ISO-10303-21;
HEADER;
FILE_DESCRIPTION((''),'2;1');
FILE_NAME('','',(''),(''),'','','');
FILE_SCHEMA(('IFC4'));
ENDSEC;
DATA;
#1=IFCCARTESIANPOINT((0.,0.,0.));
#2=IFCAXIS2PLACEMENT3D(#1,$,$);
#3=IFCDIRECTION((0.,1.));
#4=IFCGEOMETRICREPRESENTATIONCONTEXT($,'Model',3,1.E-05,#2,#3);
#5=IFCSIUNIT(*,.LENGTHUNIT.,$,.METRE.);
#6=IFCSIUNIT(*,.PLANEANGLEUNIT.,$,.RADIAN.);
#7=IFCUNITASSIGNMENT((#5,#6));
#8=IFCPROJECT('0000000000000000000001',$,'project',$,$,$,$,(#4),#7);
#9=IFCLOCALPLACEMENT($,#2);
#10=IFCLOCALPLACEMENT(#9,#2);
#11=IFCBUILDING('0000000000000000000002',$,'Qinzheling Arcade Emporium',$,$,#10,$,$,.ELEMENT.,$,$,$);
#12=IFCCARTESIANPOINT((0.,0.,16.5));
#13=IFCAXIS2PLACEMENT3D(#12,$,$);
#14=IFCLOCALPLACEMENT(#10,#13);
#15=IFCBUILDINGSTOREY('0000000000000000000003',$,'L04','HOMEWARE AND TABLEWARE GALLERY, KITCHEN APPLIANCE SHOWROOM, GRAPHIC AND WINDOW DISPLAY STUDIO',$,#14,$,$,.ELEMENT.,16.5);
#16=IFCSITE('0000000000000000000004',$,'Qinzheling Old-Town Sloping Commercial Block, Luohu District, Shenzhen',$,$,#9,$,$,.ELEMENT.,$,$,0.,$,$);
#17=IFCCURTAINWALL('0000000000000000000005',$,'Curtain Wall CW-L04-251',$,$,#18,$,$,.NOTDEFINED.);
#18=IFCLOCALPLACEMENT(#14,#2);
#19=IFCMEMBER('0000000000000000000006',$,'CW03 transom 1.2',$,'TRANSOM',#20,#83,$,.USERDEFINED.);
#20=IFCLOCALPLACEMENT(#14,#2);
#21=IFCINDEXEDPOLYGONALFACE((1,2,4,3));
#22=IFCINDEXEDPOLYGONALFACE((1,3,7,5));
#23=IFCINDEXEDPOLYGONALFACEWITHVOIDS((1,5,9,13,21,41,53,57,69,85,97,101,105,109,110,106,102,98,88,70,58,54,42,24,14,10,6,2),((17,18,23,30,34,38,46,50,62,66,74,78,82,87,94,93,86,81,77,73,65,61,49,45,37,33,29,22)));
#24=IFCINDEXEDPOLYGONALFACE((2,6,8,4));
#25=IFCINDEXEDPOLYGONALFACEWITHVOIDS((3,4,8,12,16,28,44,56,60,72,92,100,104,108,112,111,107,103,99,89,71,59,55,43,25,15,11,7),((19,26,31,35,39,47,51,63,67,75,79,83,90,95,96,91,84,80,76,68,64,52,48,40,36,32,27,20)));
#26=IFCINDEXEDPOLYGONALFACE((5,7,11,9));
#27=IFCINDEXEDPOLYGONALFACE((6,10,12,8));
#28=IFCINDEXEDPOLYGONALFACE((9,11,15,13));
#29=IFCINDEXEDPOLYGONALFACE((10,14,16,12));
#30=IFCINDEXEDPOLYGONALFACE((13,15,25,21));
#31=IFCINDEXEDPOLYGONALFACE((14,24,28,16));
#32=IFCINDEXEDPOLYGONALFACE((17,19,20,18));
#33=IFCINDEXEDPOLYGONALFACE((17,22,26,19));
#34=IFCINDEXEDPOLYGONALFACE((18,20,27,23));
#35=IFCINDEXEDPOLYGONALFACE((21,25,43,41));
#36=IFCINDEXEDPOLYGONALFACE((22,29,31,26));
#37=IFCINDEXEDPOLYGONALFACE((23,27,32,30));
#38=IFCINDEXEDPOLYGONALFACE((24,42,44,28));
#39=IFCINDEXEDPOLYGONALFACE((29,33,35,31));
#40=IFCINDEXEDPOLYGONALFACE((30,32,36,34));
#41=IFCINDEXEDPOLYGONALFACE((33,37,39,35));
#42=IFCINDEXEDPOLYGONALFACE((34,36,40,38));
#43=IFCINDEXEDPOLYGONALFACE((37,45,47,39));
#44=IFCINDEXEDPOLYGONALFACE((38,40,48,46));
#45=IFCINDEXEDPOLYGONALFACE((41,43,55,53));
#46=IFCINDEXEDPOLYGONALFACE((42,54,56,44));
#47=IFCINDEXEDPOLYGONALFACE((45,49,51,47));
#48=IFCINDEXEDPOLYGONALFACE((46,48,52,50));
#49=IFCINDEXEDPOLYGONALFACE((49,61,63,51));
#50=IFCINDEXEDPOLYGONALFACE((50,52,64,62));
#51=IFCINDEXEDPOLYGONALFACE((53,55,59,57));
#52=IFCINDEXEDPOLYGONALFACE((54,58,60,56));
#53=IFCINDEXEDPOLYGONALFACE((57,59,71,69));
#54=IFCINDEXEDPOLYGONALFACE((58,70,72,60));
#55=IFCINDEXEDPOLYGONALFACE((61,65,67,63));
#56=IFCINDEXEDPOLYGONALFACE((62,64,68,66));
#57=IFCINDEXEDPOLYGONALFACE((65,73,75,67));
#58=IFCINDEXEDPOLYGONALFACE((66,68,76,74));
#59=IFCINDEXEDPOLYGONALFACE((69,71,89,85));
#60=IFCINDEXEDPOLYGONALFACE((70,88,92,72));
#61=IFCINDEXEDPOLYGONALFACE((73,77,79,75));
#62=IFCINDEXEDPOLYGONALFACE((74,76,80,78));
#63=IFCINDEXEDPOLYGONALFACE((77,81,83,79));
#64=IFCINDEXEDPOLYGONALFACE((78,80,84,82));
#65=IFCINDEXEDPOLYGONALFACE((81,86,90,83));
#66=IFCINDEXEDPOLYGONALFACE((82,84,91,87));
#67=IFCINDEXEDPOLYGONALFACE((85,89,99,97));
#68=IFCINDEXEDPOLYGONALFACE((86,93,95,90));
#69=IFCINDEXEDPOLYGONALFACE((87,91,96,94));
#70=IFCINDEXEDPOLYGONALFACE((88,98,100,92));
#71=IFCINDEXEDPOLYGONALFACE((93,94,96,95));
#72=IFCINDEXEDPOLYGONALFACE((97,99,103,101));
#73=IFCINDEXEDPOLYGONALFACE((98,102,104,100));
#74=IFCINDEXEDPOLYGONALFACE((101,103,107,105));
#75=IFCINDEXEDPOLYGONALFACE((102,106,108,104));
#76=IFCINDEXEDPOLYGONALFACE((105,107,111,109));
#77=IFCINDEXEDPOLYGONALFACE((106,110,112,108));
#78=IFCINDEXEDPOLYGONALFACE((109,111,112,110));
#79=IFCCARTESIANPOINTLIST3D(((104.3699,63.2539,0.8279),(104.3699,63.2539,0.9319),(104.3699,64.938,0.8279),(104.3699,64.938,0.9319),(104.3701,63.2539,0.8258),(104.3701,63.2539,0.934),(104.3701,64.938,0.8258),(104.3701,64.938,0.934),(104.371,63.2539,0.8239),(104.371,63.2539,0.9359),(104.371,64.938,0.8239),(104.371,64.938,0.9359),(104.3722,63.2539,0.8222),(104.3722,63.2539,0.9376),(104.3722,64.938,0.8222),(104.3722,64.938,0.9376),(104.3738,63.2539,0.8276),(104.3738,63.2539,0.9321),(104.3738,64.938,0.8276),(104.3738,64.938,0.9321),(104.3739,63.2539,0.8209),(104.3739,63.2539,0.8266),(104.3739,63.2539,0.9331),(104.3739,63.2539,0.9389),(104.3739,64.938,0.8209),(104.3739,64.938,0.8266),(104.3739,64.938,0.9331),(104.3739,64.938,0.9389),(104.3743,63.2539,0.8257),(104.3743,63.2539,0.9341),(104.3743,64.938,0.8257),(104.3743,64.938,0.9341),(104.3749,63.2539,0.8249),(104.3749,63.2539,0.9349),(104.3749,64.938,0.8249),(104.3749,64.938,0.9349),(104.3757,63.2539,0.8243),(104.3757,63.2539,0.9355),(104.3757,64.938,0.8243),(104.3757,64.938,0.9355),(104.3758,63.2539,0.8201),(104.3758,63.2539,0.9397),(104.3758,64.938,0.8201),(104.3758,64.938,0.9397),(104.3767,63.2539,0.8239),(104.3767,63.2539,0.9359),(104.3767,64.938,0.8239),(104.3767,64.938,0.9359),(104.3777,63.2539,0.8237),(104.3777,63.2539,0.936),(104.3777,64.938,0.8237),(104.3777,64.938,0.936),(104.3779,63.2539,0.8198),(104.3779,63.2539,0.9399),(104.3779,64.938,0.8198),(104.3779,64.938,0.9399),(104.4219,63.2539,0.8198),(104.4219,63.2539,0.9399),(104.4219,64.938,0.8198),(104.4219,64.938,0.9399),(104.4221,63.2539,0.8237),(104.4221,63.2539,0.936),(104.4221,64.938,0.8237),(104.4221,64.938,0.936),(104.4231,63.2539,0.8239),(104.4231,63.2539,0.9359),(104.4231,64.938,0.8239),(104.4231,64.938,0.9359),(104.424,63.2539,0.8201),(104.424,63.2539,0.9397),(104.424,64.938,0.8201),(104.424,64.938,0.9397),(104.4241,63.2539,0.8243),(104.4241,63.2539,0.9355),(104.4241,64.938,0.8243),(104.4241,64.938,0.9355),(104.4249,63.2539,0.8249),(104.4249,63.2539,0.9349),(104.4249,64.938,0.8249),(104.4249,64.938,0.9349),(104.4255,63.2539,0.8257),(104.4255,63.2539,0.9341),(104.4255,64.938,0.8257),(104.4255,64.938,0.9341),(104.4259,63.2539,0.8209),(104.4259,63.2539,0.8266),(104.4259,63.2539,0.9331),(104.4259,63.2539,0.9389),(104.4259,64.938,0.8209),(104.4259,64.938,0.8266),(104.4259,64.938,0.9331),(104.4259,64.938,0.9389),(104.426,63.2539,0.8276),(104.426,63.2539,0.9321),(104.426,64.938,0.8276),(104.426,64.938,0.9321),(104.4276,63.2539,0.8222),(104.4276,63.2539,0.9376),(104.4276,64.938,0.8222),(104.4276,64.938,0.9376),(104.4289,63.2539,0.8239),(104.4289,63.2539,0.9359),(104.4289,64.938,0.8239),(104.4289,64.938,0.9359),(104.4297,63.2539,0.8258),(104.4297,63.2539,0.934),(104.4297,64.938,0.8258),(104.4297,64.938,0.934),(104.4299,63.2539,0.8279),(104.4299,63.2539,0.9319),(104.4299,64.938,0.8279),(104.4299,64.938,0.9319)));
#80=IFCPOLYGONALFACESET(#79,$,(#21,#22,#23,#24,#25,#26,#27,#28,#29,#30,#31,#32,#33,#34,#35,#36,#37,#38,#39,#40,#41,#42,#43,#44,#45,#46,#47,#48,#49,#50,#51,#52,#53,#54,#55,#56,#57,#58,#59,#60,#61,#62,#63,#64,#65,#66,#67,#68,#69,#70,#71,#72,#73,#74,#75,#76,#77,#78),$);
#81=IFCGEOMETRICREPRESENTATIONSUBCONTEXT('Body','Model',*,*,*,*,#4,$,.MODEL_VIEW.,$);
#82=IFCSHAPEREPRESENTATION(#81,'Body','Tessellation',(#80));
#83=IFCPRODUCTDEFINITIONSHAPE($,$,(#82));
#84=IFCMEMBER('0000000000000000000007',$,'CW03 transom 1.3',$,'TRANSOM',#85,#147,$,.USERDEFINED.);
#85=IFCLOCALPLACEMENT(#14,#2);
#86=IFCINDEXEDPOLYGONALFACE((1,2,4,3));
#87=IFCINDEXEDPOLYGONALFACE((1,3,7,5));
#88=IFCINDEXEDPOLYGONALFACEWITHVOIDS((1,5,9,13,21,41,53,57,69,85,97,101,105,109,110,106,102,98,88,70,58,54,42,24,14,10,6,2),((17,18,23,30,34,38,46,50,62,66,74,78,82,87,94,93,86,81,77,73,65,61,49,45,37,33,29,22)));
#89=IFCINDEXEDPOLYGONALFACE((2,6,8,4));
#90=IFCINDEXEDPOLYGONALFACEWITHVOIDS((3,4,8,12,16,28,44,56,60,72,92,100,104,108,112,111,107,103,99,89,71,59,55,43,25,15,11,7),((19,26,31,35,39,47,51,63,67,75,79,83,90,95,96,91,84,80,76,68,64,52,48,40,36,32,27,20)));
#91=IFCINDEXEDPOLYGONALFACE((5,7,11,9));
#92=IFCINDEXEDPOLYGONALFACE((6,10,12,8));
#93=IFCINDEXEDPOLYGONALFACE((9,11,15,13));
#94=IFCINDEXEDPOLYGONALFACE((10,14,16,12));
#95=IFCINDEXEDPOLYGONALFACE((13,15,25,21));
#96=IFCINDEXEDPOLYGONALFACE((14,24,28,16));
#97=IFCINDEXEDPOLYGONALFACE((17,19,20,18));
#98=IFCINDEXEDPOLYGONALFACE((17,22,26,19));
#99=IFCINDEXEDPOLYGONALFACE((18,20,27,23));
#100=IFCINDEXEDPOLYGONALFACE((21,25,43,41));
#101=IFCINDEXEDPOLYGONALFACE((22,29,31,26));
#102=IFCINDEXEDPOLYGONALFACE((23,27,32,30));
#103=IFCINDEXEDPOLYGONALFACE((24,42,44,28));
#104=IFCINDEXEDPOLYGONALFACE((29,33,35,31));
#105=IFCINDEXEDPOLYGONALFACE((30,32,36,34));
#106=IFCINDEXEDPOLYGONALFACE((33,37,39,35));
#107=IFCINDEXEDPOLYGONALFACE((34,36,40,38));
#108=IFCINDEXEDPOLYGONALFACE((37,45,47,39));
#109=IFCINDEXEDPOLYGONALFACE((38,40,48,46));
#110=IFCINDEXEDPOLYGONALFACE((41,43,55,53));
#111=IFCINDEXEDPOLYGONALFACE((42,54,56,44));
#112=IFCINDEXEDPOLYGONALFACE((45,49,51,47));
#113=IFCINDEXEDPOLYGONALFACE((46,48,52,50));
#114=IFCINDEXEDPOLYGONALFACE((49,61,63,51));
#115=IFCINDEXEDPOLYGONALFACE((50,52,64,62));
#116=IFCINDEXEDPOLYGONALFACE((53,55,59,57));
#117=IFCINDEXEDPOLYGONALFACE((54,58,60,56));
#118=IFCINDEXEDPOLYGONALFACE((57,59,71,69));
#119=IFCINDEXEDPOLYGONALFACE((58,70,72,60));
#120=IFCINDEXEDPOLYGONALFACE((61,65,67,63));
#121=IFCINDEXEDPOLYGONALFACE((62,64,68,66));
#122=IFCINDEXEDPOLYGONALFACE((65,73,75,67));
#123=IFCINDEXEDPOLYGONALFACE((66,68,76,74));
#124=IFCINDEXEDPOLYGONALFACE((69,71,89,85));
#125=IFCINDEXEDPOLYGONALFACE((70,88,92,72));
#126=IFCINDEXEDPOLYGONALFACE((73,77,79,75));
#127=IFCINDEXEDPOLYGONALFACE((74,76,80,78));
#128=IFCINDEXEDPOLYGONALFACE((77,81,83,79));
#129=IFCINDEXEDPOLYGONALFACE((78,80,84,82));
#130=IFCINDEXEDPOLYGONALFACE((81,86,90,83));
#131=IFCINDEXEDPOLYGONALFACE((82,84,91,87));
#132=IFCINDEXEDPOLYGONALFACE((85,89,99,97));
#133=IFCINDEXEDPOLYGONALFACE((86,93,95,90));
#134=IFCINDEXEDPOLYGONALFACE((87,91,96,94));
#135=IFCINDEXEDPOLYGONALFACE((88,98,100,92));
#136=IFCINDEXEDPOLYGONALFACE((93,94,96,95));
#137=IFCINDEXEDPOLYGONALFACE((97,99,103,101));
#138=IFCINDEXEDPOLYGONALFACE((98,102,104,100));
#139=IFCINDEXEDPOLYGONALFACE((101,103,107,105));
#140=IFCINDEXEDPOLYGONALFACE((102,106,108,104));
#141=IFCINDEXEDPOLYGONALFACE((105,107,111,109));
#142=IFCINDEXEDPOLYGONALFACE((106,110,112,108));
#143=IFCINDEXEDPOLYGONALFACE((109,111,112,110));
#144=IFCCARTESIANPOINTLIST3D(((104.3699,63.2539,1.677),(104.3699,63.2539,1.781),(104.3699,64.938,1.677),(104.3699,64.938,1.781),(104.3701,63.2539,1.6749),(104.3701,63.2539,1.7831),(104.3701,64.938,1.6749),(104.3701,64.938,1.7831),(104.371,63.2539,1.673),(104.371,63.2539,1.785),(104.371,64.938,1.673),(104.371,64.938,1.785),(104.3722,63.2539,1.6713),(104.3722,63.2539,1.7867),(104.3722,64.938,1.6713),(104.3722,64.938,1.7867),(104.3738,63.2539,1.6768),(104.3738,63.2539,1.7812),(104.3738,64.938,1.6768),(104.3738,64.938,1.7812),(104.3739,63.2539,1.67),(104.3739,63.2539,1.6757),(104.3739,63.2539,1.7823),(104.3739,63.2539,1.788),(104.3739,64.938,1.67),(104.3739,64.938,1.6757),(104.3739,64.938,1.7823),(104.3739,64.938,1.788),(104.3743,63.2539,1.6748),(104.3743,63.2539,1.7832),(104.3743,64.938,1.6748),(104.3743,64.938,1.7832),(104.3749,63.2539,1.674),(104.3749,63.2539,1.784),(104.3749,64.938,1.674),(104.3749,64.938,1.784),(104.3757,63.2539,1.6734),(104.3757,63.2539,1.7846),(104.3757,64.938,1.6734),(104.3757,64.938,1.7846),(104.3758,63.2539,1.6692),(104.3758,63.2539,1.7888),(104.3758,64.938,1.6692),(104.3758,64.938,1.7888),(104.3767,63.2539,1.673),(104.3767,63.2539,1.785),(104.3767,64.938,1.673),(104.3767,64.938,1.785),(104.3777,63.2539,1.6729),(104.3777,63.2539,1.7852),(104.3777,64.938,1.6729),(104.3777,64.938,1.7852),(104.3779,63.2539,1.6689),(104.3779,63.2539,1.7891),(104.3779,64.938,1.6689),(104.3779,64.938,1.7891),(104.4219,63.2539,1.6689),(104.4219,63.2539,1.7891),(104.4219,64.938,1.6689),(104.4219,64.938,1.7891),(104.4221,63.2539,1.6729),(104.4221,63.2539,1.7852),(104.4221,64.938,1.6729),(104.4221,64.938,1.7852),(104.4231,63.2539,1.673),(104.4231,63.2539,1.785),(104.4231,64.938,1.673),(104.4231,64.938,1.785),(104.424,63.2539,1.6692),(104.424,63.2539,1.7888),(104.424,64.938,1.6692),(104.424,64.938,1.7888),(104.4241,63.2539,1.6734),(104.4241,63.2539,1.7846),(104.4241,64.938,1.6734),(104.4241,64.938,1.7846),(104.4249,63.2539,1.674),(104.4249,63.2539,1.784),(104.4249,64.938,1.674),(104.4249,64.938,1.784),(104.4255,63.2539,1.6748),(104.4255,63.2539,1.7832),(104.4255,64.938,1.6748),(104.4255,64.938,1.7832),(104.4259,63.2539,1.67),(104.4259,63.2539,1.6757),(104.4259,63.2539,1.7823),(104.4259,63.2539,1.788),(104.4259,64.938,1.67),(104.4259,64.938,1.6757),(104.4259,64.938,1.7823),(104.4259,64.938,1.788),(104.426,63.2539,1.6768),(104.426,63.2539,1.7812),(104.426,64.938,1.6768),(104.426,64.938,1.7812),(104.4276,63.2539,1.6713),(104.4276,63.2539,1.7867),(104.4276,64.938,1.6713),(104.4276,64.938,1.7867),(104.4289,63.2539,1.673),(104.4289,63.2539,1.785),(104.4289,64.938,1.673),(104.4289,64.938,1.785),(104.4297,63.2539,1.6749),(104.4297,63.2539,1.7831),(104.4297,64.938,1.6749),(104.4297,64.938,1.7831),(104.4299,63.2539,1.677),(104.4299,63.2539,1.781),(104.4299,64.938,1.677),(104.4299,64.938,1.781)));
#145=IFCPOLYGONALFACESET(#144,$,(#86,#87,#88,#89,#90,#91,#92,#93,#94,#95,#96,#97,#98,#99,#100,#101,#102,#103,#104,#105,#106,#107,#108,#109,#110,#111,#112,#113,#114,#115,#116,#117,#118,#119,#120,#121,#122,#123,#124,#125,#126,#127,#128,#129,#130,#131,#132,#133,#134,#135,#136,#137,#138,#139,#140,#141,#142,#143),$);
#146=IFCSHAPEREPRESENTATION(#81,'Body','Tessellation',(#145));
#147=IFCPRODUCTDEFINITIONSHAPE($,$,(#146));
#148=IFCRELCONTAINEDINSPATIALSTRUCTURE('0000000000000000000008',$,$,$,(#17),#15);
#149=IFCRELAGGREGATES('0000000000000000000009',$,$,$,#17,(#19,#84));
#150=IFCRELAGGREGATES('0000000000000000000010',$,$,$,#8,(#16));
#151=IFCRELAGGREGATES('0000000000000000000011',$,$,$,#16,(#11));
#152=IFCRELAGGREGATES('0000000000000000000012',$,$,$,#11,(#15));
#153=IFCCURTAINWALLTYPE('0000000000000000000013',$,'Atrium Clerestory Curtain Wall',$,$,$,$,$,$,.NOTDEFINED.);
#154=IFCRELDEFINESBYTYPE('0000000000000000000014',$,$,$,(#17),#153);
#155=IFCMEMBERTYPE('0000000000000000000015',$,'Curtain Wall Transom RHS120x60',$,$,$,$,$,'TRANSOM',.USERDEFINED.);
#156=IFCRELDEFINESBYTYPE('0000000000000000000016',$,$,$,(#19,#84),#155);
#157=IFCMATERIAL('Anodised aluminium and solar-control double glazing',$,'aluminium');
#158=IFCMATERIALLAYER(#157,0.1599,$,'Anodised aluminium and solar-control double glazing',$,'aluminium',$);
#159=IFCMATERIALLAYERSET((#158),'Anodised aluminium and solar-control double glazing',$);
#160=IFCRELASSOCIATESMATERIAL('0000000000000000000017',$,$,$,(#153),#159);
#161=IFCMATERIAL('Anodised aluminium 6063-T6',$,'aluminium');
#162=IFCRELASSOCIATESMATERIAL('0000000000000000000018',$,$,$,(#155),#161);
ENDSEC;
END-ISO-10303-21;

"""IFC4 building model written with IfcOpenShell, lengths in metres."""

from ifc_helpers import new_model, si_unit, direction, frame, origin, origin_2d, place, context, subcontext, project, spatial, hollow_rectangle, extrude, material, layer, layer_set, material_profile, profile_set, type_object, element, aggregate, save


model = new_model("IFC4")

# Units and contexts
model_context = context("Model", 3, precision=1e-05, world=origin(), true_north=direction((0.0, 1.0)))
body_context = subcontext(model_context, "Body", "Model", "MODEL_VIEW")
ifc_project = project(units=[si_unit("LENGTHUNIT", "METRE"), si_unit("PLANEANGLEUNIT", "RADIAN")], contexts=[model_context])

# Site, building, storey
site_placement = place(None, origin())
site = spatial("IfcSite", under=ifc_project, at=site_placement, Name="Qinzheling Old-Town Sloping Commercial Block, Luohu District, Shenzhen", CompositionType="ELEMENT", RefElevation=0.0)
building_placement = place(site_placement, origin())
building = spatial("IfcBuilding", under=site, at=building_placement, Name="Qinzheling Arcade Emporium", CompositionType="ELEMENT")
storey_placement = place(building_placement, frame((0.0, 0.0, 16.5)))
storey = spatial("IfcBuildingStorey", under=building, at=storey_placement, Name="L04", Description="HOMEWARE AND TABLEWARE GALLERY, KITCHEN APPLIANCE SHOWROOM, GRAPHIC AND WINDOW DISPLAY STUDIO", CompositionType="ELEMENT", Elevation=16.5)

# Curtain wall
ifc_material_1 = material(Name="Anodised aluminium and solar-control double glazing", Category="aluminium")
ifc_layer_1 = layer(ifc_material_1, 0.1599, Name="Anodised aluminium and solar-control double glazing", Category="aluminium")
ifc_layer_set_1 = layer_set([ifc_layer_1], Name="Anodised aluminium and solar-control double glazing")
curtain_wall_type = type_object("IfcCurtainWallType", Name="Atrium Clerestory Curtain Wall", PredefinedType="NOTDEFINED", material=ifc_layer_set_1)
curtain_wall_1_placement = place(storey_placement, origin())
curtain_wall_1 = element("IfcCurtainWall", 1, at=curtain_wall_1_placement, inside=storey, type_object=curtain_wall_type, Name="Curtain Wall CW-L04-251", PredefinedType="NOTDEFINED")
ifc_material_2 = material(Name="Anodised aluminium 6063-T6", Category="aluminium")

# Members
ifc_material_profile_1 = material_profile(ifc_material_2, hollow_rectangle(XDim=0.0601, YDim=0.1201, WallThickness=0.0039, InnerFilletRadius=0.0039, OuterFilletRadius=0.0081, at=origin_2d()), Name="RHS 120x60x4", Category="aluminium")
ifc_profile_set_1 = profile_set([ifc_material_profile_1], Name="Anodised aluminium 6063-T6")
member_type_1 = type_object("IfcMemberType", Name="Curtain Wall Transom RHS120x60", ElementType="TRANSOM", PredefinedType="USERDEFINED", material=ifc_profile_set_1)
member_1_placement = place(storey_placement, frame((104.3999, 64.938, 0.8799), z_axis=(0.0, -1.0, 0.0), x_axis=(1.0, 0.0, 0.0)))
member_1 = element("IfcMember", 2, at=member_1_placement, type_object=member_type_1, Name="CW03 transom 1.2", ObjectType="TRANSOM", PredefinedType="USERDEFINED", context=body_context, shape_type="SweptSolid", body=[
    extrude(hollow_rectangle(XDim=0.0601, YDim=0.1201, WallThickness=0.0039, InnerFilletRadius=0.0039, OuterFilletRadius=0.0081, at=origin_2d()), origin(), (0.0, 0.0, 1.0), 1.6841),
])
member_2_placement = place(storey_placement, frame((104.3999, 64.938, 1.729), z_axis=(0.0, -1.0, 0.0), x_axis=(1.0, 0.0, 0.0)))
member_2 = element("IfcMember", 3, at=member_2_placement, type_object=member_type_1, Name="CW03 transom 1.3", ObjectType="TRANSOM", PredefinedType="USERDEFINED", context=body_context, shape_type="SweptSolid", body=[
    extrude(hollow_rectangle(XDim=0.0601, YDim=0.1201, WallThickness=0.0039, InnerFilletRadius=0.0039, OuterFilletRadius=0.0081, at=origin_2d()), origin(), (0.0, 0.0, 1.0), 1.6841),
])

aggregate(curtain_wall_1, [member_1, member_2])

save(model, "model.ifc")
